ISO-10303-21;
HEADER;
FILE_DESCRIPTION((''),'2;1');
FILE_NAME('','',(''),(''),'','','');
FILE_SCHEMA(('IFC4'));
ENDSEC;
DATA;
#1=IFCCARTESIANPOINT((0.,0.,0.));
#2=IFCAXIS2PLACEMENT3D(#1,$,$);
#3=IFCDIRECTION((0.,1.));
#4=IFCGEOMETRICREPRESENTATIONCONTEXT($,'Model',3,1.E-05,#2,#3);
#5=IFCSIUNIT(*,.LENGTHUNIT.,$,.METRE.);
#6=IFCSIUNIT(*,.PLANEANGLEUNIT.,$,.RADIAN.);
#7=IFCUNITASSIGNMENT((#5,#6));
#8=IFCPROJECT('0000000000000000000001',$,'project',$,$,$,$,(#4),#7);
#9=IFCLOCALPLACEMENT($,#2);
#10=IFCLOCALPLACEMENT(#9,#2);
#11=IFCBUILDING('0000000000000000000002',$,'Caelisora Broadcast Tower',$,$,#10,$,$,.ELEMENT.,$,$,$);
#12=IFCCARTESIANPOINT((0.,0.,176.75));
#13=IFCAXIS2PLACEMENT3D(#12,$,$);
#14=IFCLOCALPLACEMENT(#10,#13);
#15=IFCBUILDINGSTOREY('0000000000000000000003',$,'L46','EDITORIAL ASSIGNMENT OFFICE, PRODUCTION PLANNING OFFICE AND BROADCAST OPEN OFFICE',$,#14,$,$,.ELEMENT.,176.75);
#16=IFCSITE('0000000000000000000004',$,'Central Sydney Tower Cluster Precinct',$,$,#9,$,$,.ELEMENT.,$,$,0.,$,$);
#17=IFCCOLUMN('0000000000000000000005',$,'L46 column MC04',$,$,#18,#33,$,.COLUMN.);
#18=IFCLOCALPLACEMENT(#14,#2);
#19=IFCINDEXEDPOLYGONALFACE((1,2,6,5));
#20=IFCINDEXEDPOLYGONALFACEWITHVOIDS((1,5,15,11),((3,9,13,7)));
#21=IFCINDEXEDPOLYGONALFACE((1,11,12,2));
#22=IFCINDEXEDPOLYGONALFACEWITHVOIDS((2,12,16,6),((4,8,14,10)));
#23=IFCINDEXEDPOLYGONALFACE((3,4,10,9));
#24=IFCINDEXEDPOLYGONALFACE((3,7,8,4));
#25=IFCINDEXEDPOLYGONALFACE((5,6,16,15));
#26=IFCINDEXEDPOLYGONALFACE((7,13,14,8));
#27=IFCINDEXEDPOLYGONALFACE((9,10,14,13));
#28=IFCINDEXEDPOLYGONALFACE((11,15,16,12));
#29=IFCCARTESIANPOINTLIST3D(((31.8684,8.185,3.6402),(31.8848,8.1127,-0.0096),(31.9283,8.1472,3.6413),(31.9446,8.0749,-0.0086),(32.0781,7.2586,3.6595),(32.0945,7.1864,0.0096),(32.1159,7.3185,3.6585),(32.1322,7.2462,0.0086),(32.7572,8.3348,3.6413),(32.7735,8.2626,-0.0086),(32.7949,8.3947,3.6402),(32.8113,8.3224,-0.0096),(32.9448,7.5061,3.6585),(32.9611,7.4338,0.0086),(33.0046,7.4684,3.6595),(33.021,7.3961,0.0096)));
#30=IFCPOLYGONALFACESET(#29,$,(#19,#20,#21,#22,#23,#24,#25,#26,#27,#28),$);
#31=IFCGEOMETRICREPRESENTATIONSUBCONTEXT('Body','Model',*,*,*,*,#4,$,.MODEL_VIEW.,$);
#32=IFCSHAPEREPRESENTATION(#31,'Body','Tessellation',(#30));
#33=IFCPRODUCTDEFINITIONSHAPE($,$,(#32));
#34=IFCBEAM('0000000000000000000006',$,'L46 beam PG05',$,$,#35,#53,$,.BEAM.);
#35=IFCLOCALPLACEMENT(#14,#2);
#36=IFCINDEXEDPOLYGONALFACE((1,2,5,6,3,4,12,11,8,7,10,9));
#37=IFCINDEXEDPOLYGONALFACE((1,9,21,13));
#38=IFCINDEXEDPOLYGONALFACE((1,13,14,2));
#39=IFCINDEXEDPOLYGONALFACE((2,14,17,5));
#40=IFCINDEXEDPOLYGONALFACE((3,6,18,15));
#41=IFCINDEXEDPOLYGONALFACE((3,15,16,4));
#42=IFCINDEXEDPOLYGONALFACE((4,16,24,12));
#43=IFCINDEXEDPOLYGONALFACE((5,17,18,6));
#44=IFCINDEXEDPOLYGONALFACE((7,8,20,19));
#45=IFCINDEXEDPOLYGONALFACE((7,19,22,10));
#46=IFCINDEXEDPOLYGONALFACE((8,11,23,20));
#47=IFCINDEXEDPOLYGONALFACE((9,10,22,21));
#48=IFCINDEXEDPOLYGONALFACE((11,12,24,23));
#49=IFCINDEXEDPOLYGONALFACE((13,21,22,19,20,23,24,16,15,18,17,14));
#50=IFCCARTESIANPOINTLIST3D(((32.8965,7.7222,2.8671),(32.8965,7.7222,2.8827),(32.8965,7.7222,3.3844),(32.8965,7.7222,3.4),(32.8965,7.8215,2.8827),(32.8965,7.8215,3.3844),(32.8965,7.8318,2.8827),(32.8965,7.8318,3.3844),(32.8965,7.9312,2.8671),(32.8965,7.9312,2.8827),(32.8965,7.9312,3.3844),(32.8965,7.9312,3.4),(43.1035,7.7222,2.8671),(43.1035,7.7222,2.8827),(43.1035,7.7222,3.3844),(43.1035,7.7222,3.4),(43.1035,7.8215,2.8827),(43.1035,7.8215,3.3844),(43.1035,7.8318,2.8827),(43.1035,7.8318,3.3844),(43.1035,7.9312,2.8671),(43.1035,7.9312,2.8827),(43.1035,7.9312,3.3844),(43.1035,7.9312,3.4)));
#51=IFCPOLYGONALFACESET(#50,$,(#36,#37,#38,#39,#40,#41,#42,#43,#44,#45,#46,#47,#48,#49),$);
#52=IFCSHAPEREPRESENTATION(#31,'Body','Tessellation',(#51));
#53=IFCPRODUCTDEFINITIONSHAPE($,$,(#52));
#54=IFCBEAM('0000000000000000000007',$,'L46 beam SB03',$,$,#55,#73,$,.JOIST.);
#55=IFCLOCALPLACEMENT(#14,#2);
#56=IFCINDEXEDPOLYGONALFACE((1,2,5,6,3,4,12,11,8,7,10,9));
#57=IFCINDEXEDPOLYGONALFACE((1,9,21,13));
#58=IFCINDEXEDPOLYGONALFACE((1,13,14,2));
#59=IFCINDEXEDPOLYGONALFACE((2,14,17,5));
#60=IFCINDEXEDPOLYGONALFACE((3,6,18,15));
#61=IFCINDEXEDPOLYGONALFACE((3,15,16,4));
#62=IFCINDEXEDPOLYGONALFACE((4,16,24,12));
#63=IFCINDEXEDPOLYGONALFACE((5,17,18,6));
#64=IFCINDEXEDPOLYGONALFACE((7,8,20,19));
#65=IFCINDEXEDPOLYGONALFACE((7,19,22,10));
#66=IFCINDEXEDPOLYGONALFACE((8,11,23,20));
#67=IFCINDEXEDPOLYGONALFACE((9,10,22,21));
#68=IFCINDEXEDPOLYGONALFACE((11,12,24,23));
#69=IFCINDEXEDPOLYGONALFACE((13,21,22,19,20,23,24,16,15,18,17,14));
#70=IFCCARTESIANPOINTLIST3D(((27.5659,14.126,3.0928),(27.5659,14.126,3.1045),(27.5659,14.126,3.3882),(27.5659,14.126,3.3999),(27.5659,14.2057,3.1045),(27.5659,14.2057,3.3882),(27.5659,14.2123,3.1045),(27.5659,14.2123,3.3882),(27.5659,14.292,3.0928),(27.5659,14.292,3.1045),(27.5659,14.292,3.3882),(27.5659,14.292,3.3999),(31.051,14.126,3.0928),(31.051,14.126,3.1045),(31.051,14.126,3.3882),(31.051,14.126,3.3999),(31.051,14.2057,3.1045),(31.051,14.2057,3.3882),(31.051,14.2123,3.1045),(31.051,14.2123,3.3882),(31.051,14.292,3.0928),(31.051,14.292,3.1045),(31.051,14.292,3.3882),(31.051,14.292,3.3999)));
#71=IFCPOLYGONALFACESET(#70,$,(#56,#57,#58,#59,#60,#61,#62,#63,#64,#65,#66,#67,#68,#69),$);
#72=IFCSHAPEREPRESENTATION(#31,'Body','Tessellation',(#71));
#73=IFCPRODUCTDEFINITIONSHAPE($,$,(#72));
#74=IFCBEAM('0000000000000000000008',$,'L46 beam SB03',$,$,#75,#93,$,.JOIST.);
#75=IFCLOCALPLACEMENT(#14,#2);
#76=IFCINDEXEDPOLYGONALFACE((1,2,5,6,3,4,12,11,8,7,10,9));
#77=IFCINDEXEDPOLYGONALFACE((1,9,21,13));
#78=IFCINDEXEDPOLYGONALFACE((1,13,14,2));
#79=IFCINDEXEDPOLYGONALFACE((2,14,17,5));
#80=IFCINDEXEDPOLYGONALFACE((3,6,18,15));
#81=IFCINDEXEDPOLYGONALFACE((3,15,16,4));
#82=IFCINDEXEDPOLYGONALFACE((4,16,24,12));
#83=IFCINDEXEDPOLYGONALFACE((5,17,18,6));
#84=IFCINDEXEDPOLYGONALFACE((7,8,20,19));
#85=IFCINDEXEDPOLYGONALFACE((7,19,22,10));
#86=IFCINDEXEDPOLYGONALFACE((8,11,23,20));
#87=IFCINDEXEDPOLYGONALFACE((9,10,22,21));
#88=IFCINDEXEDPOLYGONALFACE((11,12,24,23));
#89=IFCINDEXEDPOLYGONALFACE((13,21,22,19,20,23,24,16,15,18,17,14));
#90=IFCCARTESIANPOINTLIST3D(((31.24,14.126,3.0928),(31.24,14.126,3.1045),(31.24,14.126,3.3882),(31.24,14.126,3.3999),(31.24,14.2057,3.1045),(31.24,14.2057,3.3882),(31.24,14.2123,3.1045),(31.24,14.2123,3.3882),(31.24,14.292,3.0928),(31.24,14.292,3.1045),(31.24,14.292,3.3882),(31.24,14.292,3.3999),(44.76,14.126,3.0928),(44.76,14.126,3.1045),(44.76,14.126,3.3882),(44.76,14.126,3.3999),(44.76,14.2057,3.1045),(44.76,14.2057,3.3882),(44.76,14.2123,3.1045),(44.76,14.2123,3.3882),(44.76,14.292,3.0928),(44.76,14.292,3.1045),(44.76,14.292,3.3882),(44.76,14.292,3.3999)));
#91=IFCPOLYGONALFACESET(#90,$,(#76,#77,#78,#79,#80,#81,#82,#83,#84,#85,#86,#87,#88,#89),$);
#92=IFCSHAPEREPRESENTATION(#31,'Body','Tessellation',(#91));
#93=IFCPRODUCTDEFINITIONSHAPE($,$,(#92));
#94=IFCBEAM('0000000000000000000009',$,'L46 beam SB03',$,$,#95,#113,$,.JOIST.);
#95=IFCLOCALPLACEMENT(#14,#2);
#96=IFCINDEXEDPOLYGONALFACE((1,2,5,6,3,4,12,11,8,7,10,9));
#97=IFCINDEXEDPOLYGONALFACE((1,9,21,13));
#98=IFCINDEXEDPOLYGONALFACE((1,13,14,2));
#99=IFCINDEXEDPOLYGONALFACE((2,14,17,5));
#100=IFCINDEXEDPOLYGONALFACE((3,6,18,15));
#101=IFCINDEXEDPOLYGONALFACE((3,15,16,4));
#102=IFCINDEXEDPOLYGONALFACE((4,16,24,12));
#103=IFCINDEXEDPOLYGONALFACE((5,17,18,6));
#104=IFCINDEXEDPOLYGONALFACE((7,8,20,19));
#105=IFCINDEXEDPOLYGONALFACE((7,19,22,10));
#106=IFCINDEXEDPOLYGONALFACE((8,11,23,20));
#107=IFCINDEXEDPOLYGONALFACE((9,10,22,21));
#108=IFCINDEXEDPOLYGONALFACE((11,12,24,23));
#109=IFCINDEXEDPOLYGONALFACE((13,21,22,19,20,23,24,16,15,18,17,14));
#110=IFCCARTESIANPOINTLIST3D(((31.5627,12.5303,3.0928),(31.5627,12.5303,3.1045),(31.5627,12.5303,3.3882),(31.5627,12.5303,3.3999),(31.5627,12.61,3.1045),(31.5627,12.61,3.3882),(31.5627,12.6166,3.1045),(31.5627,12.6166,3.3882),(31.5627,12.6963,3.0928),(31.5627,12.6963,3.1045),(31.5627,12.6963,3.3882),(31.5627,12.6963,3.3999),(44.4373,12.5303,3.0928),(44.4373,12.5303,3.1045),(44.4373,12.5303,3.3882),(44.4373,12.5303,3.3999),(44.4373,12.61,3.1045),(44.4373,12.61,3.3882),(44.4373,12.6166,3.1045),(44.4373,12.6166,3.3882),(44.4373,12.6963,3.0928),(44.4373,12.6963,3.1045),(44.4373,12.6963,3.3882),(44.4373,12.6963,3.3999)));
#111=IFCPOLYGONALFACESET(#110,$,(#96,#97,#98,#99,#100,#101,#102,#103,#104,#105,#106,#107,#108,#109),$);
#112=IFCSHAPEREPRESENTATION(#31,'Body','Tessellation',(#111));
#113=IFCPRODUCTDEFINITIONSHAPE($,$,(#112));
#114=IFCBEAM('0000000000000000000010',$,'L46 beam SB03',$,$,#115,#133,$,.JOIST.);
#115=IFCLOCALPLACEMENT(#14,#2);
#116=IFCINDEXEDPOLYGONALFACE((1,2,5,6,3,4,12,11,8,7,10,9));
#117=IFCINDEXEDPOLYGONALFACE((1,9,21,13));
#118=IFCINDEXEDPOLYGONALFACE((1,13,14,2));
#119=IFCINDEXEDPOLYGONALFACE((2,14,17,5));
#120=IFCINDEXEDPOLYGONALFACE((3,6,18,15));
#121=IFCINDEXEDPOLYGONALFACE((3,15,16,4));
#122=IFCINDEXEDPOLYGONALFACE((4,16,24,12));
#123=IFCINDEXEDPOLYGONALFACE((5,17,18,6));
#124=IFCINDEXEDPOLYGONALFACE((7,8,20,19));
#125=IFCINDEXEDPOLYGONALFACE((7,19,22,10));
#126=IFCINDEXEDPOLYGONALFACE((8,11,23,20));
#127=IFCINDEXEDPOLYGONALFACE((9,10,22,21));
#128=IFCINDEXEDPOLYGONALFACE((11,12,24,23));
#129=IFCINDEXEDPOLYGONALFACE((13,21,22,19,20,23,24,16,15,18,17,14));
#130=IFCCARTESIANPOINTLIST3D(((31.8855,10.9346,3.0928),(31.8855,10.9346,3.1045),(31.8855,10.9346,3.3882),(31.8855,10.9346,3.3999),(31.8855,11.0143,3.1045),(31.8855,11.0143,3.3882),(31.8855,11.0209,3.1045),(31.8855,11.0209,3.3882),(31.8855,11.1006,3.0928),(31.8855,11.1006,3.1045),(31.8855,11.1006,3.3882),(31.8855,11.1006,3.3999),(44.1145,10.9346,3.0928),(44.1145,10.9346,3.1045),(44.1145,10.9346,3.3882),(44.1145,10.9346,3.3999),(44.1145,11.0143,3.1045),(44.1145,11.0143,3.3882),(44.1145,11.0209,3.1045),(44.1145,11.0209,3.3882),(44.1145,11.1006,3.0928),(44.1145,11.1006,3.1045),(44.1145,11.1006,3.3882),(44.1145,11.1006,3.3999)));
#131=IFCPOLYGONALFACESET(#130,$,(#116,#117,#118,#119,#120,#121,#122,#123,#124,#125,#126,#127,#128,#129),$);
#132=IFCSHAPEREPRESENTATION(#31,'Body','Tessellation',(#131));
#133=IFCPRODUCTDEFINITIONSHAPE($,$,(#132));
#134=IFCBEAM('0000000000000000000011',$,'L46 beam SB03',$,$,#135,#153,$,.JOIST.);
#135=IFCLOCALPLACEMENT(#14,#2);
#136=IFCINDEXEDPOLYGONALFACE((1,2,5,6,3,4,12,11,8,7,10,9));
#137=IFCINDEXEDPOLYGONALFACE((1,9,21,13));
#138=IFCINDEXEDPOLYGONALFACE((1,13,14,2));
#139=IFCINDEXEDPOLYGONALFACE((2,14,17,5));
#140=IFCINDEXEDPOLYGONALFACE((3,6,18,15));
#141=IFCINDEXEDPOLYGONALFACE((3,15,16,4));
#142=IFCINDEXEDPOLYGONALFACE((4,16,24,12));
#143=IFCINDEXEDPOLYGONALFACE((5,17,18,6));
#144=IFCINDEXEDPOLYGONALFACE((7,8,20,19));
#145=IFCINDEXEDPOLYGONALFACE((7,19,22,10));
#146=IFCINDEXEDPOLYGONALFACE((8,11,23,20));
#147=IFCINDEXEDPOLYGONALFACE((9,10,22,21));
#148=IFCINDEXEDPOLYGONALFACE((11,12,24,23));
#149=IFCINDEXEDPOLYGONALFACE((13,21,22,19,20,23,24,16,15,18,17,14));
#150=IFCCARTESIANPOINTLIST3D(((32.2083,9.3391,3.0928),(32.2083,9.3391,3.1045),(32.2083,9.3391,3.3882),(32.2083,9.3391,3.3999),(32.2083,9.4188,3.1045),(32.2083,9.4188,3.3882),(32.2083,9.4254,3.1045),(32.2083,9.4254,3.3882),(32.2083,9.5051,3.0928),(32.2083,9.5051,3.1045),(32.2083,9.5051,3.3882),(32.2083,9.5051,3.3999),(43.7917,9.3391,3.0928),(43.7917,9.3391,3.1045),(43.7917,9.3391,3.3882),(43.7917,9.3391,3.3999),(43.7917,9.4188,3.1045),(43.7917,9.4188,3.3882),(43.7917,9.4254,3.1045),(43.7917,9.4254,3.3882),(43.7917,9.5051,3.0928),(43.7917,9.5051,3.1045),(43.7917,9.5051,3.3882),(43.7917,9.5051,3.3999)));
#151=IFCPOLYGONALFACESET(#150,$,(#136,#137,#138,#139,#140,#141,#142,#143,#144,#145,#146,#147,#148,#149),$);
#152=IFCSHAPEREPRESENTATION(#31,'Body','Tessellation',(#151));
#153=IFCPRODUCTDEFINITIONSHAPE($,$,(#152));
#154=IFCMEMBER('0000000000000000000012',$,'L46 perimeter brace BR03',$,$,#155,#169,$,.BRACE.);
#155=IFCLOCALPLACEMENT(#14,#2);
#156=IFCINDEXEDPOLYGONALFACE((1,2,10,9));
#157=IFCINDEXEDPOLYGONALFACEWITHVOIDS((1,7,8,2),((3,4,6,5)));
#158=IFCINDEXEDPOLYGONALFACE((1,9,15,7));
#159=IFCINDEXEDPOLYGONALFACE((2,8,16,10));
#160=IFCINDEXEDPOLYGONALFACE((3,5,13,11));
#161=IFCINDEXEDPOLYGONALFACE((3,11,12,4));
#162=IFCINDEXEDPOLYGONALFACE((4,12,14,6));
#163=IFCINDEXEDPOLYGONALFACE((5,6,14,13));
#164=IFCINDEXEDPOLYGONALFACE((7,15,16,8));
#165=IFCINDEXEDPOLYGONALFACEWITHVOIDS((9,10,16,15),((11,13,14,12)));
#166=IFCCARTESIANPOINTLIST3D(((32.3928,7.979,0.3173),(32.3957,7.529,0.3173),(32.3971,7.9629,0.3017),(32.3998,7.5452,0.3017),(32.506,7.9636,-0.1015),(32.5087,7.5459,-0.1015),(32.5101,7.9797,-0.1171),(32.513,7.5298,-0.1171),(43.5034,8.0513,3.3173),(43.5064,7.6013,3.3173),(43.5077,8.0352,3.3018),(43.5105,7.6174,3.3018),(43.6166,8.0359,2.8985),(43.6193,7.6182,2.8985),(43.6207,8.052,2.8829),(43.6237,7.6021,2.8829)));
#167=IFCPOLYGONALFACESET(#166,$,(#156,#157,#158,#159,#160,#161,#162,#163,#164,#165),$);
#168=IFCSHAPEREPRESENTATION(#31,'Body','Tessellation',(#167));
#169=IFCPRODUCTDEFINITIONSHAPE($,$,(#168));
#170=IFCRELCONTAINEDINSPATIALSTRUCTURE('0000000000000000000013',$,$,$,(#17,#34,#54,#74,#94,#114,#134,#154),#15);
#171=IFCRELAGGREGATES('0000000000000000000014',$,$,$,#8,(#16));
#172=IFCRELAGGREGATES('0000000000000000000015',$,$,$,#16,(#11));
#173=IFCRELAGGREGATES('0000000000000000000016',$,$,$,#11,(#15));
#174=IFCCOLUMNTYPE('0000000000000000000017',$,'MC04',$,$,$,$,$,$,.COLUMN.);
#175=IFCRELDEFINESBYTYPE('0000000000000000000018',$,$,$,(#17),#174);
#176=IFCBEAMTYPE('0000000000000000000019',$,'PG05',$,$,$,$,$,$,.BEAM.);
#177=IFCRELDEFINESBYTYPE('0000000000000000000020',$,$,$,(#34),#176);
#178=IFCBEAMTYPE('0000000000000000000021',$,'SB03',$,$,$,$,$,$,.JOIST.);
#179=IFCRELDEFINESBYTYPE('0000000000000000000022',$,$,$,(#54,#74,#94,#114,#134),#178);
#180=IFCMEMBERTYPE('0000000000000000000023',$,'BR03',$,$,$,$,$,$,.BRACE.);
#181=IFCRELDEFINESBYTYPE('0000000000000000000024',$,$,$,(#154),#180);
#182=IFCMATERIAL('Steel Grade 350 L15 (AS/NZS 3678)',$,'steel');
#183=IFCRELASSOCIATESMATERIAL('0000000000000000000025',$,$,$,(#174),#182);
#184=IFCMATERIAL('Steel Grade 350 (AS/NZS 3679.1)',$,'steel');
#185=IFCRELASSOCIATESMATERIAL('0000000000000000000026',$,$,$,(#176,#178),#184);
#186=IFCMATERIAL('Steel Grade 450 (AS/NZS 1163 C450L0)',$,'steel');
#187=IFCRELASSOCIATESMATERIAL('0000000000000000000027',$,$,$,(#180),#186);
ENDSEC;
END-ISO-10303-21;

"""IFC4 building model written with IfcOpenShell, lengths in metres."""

from ifc_helpers import new_model, si_unit, direction, frame, origin, origin_2d, place, context, subcontext, project, spatial, hollow_rectangle, i_section, extrude, source, transform, mapped, material, material_profile, profile_set, type_object, type_shapes, element, save


model = new_model("IFC4")

# Units and contexts
model_context = context("Model", 3, precision=1e-05, world=origin(), true_north=direction((0.0, 1.0)))
body_context = subcontext(model_context, "Body", "Model", "MODEL_VIEW")
ifc_project = project(units=[si_unit("LENGTHUNIT", "METRE"), si_unit("PLANEANGLEUNIT", "RADIAN")], contexts=[model_context])

# Site, building, storey
site_placement = place(None, origin())
site = spatial("IfcSite", under=ifc_project, at=site_placement, Name="Central Sydney Tower Cluster Precinct", CompositionType="ELEMENT", RefElevation=0.0)
building_placement = place(site_placement, origin())
building = spatial("IfcBuilding", under=site, at=building_placement, Name="Caelisora Broadcast Tower", CompositionType="ELEMENT")
storey_placement = place(building_placement, frame((0.0, 0.0, 176.75)))
storey = spatial("IfcBuildingStorey", under=building, at=storey_placement, Name="L46", Description="EDITORIAL ASSIGNMENT OFFICE, PRODUCTION PLANNING OFFICE AND BROADCAST OPEN OFFICE", CompositionType="ELEMENT", Elevation=176.75)

# Column
ifc_material_1 = material(Name="Steel Grade 350 L15 (AS/NZS 3678)", Category="steel")
ifc_material_profile_1 = material_profile(ifc_material_1, hollow_rectangle(XDim=0.95, YDim=0.95, WallThickness=0.05, at=origin_2d()), Name="Steel Grade 350 L15 (AS/NZS 3678)")
ifc_profile_set_1 = profile_set([ifc_material_profile_1], Name="Steel Grade 350 L15 (AS/NZS 3678)")
column_type = type_object("IfcColumnType", Name="MC04", PredefinedType="COLUMN", material=ifc_profile_set_1)
shared_shape_1 = source(origin(), body_context, "Body", "SweptSolid", [
    extrude(hollow_rectangle(XDim=0.95, YDim=0.95, WallThickness=0.05, at=origin_2d()), origin(), (0.0, 0.0, 1.0), 3.6506),
])
type_shapes(column_type, [shared_shape_1])
column_placement = place(storey_placement, frame((32.4529, 7.7544, 0.0), z_axis=(-0.004481, 0.019795, 0.999794), x_axis=(-0.975327, -0.220767, 0.0)))
element("IfcColumn", 1, at=column_placement, inside=storey, type_object=column_type, Name="L46 column MC04", PredefinedType="COLUMN", context=body_context, shape_type="MappedRepresentation", body=[
    mapped(shared_shape_1, transform((0.0, 0.0, 0.0), scale=1.0)),
])

# Beams
ifc_material_2 = material(Name="Steel Grade 350 (AS/NZS 3679.1)", Category="steel")
ifc_material_profile_2 = material_profile(ifc_material_2, i_section(OverallWidth=0.209, OverallDepth=0.533, WebThickness=0.0103, FlangeThickness=0.0156, at=origin_2d()), Name="Steel Grade 350 (AS/NZS 3679.1)")
ifc_profile_set_2 = profile_set([ifc_material_profile_2], Name="Steel Grade 350 (AS/NZS 3679.1)")
beam_type_1 = type_object("IfcBeamType", Name="PG05", PredefinedType="BEAM", material=ifc_profile_set_2)
shared_shape_2 = source(origin(), body_context, "Body", "SweptSolid", [
    extrude(i_section(OverallWidth=0.209, OverallDepth=0.533, WebThickness=0.0103, FlangeThickness=0.0156, at=origin_2d()), origin(), (0.0, 0.0, 1.0), 10.207),
])
type_shapes(beam_type_1, [shared_shape_2])
beam_1_placement = place(storey_placement, frame((32.8965, 7.8267, 3.1335), z_axis=(1.0, 0.0, 0.0), x_axis=(0.0, 1.0, 0.0)))
element("IfcBeam", 2, at=beam_1_placement, inside=storey, type_object=beam_type_1, Name="L46 beam PG05", PredefinedType="BEAM", context=body_context, shape_type="MappedRepresentation", body=[
    mapped(shared_shape_2, transform((0.0, 0.0, 0.0), scale=1.0)),
])
ifc_material_profile_3 = material_profile(ifc_material_2, i_section(OverallWidth=0.166, OverallDepth=0.3071, WebThickness=0.0066, FlangeThickness=0.0117, at=origin_2d()), Name="Steel Grade 350 (AS/NZS 3679.1)")
ifc_profile_set_3 = profile_set([ifc_material_profile_3], Name="Steel Grade 350 (AS/NZS 3679.1)")
beam_type_2 = type_object("IfcBeamType", Name="SB03", PredefinedType="JOIST", material=ifc_profile_set_3)
shared_shape_3 = source(origin(), body_context, "Body", "SweptSolid", [
    extrude(i_section(OverallWidth=0.166, OverallDepth=0.3071, WebThickness=0.0066, FlangeThickness=0.0117, at=origin_2d()), origin(), (0.0, 0.0, 1.0), 3.4851),
])
beam_2_placement = place(storey_placement, frame((27.5659, 14.209, 3.2463), z_axis=(1.0, 0.0, 0.0), x_axis=(0.0, 1.0, 0.0)))
element("IfcBeam", 3, at=beam_2_placement, inside=storey, type_object=beam_type_2, Name="L46 beam SB03", PredefinedType="JOIST", context=body_context, shape_type="MappedRepresentation", body=[
    mapped(shared_shape_3, transform((0.0, 0.0, 0.0), scale=1.0)),
])
shared_shape_4 = source(origin(), body_context, "Body", "SweptSolid", [
    extrude(i_section(OverallWidth=0.166, OverallDepth=0.3071, WebThickness=0.0066, FlangeThickness=0.0117, at=origin_2d()), origin(), (0.0, 0.0, 1.0), 13.52),
])
beam_3_placement = place(storey_placement, frame((31.24, 14.209, 3.2463), z_axis=(1.0, 0.0, 0.0), x_axis=(0.0, 1.0, 0.0)))
element("IfcBeam", 4, at=beam_3_placement, inside=storey, type_object=beam_type_2, Name="L46 beam SB03", PredefinedType="JOIST", context=body_context, shape_type="MappedRepresentation", body=[
    mapped(shared_shape_4, transform((0.0, 0.0, 0.0), scale=1.0)),
])
shared_shape_5 = source(origin(), body_context, "Body", "SweptSolid", [
    extrude(i_section(OverallWidth=0.166, OverallDepth=0.3071, WebThickness=0.0066, FlangeThickness=0.0117, at=origin_2d()), origin(), (0.0, 0.0, 1.0), 12.8745),
])
beam_4_placement = place(storey_placement, frame((31.5627, 12.6133, 3.2463), z_axis=(1.0, 0.0, 0.0), x_axis=(0.0, 1.0, 0.0)))
element("IfcBeam", 5, at=beam_4_placement, inside=storey, type_object=beam_type_2, Name="L46 beam SB03", PredefinedType="JOIST", context=body_context, shape_type="MappedRepresentation", body=[
    mapped(shared_shape_5, transform((0.0, 0.0, 0.0), scale=1.0)),
])
shared_shape_6 = source(origin(), body_context, "Body", "SweptSolid", [
    extrude(i_section(OverallWidth=0.166, OverallDepth=0.3071, WebThickness=0.0066, FlangeThickness=0.0117, at=origin_2d()), origin(), (0.0, 0.0, 1.0), 12.229),
])
beam_5_placement = place(storey_placement, frame((31.8855, 11.0176, 3.2463), z_axis=(1.0, 0.0, 0.0), x_axis=(0.0, 1.0, 0.0)))
element("IfcBeam", 6, at=beam_5_placement, inside=storey, type_object=beam_type_2, Name="L46 beam SB03", PredefinedType="JOIST", context=body_context, shape_type="MappedRepresentation", body=[
    mapped(shared_shape_6, transform((0.0, 0.0, 0.0), scale=1.0)),
])
shared_shape_7 = source(origin(), body_context, "Body", "SweptSolid", [
    extrude(i_section(OverallWidth=0.166, OverallDepth=0.3071, WebThickness=0.0066, FlangeThickness=0.0117, at=origin_2d()), origin(), (0.0, 0.0, 1.0), 11.5835),
])
type_shapes(beam_type_2, [shared_shape_3, shared_shape_4, shared_shape_5, shared_shape_6, shared_shape_7])
beam_6_placement = place(storey_placement, frame((32.2083, 9.4221, 3.2463), z_axis=(1.0, 0.0, 0.0), x_axis=(0.0, 1.0, 0.0)))
element("IfcBeam", 7, at=beam_6_placement, inside=storey, type_object=beam_type_2, Name="L46 beam SB03", PredefinedType="JOIST", context=body_context, shape_type="MappedRepresentation", body=[
    mapped(shared_shape_7, transform((0.0, 0.0, 0.0), scale=1.0)),
])

# Member
ifc_material_3 = material(Name="Steel Grade 450 (AS/NZS 1163 C450L0)", Category="steel")
ifc_material_profile_4 = material_profile(ifc_material_3, hollow_rectangle(XDim=0.45, YDim=0.45, WallThickness=0.0161, at=origin_2d()), Name="Steel Grade 450 (AS/NZS 1163 C450L0)")
ifc_profile_set_4 = profile_set([ifc_material_profile_4], Name="Steel Grade 450 (AS/NZS 1163 C450L0)")
member_type_1 = type_object("IfcMemberType", Name="BR03", PredefinedType="BRACE", material=ifc_profile_set_4)
shared_shape_8 = source(origin(), body_context, "Body", "SweptSolid", [
    extrude(hollow_rectangle(XDim=0.45, YDim=0.45, WallThickness=0.0161, at=origin_2d()), origin(), (0.0, 0.0, 1.0), 11.5088),
])
type_shapes(member_type_1, [shared_shape_8])
member_1_placement = place(storey_placement, frame((32.4529, 7.7544, 0.1001), z_axis=(0.965407, 0.006279, 0.260672), x_axis=(-0.006504, 0.999979, 0.0)))
element("IfcMember", 8, at=member_1_placement, inside=storey, type_object=member_type_1, Name="L46 perimeter brace BR03", PredefinedType="BRACE", context=body_context, shape_type="MappedRepresentation", body=[
    mapped(shared_shape_8, transform((0.0, 0.0, 0.0), scale=1.0)),
])

save(model, "model.ifc")
